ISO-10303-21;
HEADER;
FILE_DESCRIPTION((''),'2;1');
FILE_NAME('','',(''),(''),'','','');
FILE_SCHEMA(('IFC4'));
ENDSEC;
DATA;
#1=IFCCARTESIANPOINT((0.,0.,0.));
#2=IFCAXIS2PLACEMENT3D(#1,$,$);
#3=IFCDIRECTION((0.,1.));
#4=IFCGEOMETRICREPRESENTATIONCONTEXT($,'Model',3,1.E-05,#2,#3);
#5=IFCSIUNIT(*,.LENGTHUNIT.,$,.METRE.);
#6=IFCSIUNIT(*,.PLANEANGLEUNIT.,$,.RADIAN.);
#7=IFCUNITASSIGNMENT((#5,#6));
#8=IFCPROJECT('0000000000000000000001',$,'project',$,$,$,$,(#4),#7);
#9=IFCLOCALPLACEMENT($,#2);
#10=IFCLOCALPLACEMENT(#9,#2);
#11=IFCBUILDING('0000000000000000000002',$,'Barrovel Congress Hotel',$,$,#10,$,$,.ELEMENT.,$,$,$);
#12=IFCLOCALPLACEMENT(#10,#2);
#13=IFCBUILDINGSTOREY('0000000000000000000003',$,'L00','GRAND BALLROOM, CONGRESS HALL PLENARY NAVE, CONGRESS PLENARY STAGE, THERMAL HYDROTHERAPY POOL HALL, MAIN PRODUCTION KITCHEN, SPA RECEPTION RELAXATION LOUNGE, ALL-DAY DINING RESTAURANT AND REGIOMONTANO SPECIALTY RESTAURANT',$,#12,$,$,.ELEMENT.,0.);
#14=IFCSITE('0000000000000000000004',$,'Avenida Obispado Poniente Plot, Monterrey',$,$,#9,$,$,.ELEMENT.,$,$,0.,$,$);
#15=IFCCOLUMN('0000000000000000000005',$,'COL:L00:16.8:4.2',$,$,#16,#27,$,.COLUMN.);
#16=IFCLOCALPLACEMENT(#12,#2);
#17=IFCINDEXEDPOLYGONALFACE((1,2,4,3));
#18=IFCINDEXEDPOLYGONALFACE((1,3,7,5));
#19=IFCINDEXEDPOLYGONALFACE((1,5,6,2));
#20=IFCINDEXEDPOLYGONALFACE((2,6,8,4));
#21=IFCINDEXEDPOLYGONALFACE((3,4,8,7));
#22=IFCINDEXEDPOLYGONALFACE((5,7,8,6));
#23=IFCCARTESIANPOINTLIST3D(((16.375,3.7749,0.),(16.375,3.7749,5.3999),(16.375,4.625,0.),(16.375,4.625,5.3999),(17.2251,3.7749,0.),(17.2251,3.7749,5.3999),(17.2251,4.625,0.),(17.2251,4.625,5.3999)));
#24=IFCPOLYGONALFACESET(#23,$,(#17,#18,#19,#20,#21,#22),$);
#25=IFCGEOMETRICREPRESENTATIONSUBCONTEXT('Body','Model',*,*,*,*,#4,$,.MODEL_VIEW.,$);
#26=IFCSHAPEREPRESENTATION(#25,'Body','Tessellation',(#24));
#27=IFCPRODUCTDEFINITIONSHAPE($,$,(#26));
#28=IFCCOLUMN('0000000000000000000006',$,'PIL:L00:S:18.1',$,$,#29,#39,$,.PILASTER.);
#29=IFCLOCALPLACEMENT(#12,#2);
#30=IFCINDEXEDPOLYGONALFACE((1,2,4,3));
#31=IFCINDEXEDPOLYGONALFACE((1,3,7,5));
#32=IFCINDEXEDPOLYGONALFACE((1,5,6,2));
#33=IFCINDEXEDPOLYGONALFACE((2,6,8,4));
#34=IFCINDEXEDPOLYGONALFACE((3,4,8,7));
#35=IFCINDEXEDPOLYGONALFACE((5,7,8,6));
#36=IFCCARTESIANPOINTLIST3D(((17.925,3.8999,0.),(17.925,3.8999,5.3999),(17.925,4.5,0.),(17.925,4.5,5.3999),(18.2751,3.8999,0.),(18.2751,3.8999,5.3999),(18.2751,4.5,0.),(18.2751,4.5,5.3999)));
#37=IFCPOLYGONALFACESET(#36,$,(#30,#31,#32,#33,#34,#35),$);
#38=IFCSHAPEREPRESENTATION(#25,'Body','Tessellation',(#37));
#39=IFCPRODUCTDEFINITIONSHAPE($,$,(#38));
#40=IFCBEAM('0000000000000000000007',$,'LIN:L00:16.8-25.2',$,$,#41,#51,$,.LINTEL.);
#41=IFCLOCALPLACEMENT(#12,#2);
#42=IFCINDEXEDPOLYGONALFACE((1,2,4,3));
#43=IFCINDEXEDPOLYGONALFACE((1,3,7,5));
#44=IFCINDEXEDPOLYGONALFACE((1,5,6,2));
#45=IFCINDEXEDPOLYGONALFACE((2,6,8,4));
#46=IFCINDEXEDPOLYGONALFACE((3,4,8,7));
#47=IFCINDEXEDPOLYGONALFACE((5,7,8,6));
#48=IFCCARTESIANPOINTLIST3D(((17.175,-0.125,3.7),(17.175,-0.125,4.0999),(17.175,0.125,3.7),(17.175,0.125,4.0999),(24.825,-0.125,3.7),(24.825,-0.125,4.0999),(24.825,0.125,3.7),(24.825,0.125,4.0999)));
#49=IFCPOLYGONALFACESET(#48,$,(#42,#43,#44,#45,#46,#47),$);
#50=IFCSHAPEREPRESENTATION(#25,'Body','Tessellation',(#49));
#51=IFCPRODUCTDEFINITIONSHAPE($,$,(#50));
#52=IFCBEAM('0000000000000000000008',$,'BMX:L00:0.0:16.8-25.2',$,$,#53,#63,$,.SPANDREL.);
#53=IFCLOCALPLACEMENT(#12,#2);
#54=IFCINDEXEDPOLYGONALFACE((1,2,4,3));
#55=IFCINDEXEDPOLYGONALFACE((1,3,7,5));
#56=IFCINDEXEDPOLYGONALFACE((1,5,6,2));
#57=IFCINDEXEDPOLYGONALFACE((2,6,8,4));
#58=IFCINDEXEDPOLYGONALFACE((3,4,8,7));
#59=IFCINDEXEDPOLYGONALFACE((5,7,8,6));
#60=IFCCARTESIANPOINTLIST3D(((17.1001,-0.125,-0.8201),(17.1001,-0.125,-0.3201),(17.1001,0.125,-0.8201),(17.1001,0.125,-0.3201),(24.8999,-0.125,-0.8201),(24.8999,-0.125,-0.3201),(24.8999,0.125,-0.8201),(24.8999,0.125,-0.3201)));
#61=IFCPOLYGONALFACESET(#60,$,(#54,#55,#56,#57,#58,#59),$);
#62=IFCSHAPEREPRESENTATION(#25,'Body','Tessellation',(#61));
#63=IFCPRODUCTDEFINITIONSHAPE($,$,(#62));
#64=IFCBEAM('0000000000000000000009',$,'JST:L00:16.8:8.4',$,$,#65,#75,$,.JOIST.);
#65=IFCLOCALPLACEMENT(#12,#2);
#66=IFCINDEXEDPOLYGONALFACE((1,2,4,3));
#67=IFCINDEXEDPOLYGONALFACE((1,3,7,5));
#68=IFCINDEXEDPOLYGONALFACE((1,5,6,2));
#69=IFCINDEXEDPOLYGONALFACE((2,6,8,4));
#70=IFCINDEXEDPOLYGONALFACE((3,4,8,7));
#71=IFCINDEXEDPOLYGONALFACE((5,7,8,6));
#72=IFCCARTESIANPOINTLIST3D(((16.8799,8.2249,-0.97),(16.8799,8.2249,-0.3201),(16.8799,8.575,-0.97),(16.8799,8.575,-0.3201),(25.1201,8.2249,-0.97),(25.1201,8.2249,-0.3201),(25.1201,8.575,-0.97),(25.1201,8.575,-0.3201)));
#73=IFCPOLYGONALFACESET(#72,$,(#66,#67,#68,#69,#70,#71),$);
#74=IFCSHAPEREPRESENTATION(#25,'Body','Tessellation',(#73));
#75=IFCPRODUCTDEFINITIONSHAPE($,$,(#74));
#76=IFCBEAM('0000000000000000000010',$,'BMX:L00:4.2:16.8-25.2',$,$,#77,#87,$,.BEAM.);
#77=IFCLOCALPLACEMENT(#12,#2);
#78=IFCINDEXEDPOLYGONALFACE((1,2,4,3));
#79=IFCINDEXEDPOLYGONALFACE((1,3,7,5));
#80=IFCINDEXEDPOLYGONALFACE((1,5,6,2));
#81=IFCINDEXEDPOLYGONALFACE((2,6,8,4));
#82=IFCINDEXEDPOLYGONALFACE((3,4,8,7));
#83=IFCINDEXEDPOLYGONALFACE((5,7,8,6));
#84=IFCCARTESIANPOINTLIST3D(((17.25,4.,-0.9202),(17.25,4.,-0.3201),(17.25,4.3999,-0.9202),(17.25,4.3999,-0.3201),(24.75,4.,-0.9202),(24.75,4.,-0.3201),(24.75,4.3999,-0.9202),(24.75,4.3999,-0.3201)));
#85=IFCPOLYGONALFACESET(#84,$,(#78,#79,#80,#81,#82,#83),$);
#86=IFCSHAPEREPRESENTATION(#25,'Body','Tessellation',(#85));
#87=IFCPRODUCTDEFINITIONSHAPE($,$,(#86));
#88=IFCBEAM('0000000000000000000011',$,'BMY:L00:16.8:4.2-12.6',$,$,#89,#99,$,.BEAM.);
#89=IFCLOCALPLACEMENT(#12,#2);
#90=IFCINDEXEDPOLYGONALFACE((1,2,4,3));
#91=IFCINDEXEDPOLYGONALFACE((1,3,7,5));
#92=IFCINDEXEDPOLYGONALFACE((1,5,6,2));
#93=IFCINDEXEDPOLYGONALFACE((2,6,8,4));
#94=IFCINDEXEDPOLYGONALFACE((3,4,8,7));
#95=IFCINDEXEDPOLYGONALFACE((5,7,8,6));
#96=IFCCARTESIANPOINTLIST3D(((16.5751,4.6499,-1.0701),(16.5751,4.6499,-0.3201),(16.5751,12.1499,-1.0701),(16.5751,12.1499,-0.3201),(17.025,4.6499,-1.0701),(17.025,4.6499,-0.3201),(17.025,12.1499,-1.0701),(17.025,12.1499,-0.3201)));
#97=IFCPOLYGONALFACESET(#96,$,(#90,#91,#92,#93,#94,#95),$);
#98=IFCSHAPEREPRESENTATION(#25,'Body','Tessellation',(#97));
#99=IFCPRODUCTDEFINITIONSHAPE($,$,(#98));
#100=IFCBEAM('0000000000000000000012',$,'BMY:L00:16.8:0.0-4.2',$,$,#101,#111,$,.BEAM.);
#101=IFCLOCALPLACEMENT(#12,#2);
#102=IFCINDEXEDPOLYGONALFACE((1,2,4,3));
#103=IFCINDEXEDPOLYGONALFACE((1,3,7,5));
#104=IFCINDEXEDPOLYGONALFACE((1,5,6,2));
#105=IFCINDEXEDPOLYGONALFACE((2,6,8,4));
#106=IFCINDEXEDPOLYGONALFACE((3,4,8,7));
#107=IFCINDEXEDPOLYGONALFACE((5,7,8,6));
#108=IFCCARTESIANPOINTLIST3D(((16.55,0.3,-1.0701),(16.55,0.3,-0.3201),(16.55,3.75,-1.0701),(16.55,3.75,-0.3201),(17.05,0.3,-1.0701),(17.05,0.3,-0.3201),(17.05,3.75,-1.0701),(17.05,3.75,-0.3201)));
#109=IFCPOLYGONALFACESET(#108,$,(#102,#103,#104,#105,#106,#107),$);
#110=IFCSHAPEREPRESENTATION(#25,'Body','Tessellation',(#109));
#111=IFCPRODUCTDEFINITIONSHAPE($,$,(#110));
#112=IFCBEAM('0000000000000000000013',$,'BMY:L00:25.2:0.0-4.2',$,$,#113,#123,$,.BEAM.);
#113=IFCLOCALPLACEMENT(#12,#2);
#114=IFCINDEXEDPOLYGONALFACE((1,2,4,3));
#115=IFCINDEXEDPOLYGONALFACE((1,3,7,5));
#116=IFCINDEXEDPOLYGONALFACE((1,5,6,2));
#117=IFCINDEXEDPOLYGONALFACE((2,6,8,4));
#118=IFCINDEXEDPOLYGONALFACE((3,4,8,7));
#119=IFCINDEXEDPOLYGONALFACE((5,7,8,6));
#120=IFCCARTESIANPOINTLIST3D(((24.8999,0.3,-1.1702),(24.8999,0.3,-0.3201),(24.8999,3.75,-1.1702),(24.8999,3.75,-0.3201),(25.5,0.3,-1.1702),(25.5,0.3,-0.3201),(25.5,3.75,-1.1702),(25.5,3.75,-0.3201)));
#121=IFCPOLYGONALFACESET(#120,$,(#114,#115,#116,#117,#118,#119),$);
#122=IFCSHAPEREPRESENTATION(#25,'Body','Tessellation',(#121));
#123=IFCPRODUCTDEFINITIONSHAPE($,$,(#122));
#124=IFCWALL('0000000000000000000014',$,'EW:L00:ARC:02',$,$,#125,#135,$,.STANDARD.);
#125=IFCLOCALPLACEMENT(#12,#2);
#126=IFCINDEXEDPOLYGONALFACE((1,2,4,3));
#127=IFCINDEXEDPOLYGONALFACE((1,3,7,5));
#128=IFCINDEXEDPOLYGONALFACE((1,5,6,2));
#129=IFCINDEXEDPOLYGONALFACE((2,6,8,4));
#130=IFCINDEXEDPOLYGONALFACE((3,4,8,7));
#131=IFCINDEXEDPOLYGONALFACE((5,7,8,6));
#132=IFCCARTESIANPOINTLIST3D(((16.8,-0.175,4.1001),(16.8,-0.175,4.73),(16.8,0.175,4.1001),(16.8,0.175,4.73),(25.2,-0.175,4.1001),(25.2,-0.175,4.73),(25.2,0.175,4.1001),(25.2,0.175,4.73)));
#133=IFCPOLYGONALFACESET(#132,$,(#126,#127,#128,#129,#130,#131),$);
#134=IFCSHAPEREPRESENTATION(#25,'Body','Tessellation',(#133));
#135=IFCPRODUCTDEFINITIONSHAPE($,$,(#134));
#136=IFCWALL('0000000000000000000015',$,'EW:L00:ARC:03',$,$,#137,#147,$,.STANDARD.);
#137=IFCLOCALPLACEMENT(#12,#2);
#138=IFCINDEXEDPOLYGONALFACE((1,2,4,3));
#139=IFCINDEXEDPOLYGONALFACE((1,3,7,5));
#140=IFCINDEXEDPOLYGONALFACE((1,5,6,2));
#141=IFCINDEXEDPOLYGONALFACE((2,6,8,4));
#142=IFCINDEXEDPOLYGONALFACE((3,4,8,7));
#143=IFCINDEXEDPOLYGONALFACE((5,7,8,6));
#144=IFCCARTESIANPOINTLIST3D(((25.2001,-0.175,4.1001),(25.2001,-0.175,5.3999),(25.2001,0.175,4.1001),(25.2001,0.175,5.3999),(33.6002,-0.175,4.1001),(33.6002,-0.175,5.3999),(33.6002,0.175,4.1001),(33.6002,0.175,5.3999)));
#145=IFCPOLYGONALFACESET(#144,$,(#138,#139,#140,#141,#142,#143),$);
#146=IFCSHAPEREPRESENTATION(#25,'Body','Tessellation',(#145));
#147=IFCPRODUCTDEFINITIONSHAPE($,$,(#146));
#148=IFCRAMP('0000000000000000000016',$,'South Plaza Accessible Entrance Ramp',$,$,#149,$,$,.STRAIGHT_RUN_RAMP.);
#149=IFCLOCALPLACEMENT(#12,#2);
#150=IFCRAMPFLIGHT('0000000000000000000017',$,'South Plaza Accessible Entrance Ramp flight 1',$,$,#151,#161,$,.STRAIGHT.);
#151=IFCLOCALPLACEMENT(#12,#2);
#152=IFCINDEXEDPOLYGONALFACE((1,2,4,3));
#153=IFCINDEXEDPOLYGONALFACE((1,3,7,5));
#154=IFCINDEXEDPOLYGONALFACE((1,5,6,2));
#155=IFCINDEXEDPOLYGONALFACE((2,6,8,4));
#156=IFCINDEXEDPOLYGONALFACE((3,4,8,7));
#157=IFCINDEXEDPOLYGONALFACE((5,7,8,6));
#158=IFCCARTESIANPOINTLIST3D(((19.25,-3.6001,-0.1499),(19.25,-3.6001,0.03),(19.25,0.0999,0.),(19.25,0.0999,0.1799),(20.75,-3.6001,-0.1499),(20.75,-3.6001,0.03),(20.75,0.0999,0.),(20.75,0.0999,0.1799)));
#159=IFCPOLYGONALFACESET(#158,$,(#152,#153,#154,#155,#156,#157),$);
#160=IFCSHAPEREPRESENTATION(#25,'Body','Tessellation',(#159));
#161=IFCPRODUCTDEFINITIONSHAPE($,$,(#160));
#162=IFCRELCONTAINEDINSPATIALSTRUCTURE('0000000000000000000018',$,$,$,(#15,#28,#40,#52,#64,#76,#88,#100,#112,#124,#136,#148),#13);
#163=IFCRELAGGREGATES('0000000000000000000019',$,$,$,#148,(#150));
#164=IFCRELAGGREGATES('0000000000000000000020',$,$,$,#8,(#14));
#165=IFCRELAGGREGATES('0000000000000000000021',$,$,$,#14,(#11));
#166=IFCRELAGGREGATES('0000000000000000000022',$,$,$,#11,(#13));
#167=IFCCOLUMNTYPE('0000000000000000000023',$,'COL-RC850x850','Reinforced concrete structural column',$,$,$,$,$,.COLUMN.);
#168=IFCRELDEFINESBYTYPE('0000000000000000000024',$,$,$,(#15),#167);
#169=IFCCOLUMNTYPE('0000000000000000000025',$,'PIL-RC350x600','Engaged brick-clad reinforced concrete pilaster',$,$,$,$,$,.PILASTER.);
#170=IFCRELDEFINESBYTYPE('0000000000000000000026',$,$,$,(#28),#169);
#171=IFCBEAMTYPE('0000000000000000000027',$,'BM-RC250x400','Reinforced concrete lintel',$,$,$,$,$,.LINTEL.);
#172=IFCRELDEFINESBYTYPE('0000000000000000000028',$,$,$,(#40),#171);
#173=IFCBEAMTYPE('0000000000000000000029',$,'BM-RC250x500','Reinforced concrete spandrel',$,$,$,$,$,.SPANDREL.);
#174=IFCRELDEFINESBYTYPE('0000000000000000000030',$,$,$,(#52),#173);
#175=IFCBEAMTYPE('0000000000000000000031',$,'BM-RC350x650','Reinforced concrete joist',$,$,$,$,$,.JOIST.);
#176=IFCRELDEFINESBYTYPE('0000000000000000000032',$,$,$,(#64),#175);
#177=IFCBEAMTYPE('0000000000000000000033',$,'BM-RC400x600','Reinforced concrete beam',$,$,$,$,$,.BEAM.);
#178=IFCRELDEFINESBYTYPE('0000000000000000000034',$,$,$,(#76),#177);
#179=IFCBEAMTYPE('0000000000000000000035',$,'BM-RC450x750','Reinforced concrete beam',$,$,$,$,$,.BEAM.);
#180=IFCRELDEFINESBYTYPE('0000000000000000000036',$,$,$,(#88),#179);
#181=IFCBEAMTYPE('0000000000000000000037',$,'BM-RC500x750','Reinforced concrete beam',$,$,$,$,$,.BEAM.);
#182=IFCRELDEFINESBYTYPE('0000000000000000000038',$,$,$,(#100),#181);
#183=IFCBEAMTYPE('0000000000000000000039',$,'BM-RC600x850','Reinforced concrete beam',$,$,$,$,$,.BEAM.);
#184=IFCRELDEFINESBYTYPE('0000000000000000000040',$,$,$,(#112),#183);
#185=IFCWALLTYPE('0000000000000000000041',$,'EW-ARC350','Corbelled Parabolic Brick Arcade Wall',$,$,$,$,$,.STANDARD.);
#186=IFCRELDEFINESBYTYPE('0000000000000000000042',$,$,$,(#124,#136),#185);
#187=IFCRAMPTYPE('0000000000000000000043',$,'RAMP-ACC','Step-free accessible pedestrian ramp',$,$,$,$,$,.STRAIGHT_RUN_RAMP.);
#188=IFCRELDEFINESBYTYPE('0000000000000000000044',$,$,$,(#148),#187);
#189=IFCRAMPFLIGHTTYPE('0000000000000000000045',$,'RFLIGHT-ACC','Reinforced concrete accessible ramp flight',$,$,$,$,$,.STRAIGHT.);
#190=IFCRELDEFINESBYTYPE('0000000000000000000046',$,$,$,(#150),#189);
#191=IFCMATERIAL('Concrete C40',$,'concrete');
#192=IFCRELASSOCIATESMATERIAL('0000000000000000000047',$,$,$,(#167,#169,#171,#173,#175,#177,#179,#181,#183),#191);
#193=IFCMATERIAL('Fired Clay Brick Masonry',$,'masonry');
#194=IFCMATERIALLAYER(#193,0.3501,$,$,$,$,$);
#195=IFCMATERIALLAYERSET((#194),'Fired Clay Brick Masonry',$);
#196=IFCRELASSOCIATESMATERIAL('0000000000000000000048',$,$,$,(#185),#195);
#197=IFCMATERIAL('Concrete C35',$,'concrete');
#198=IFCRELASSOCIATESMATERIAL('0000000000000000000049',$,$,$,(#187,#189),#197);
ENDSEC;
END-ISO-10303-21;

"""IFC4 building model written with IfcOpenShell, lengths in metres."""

from ifc_helpers import new_model, si_unit, direction, frame, frame_2d, origin, origin_2d, place, context, subcontext, project, spatial, polyline, rectangle, outline, extrude, material, layer, layer_set, material_profile, profile_set, type_object, element, aggregate, save


model = new_model("IFC4")

# Units and contexts
model_context = context("Model", 3, precision=1e-05, world=origin(), true_north=direction((0.0, 1.0)))
body_context = subcontext(model_context, "Body", "Model", "MODEL_VIEW")
ifc_project = project(units=[si_unit("LENGTHUNIT", "METRE"), si_unit("PLANEANGLEUNIT", "RADIAN")], contexts=[model_context])

# Site, building, storey
site_placement = place(None, origin())
site = spatial("IfcSite", under=ifc_project, at=site_placement, Name="Avenida Obispado Poniente Plot, Monterrey", CompositionType="ELEMENT", RefElevation=0.0)
building_placement = place(site_placement, origin())
building = spatial("IfcBuilding", under=site, at=building_placement, Name="Barrovel Congress Hotel", CompositionType="ELEMENT")
storey_placement = place(building_placement, origin())
storey = spatial("IfcBuildingStorey", under=building, at=storey_placement, Name="L00", Description="GRAND BALLROOM, CONGRESS HALL PLENARY NAVE, CONGRESS PLENARY STAGE, THERMAL HYDROTHERAPY POOL HALL, MAIN PRODUCTION KITCHEN, SPA RECEPTION RELAXATION LOUNGE, ALL-DAY DINING RESTAURANT AND REGIOMONTANO SPECIALTY RESTAURANT", CompositionType="ELEMENT", Elevation=0.0)

# Shared definitions
ifc_material_1 = material(Name="Concrete C40", Category="concrete")

# Shared definitions
ifc_material_2 = material(Name="Concrete C35", Category="concrete")

# Columns
ifc_material_profile_1 = material_profile(ifc_material_1, rectangle(XDim=0.8501, YDim=0.8501, at=origin_2d()), Name="RC850x850")
ifc_profile_set_1 = profile_set([ifc_material_profile_1], Name="Concrete C40")
column_type_1 = type_object("IfcColumnType", Name="COL-RC850x850", Description="Reinforced concrete structural column", PredefinedType="COLUMN", material=ifc_profile_set_1)
column_1_placement = place(storey_placement, frame((16.8, 4.2, 0.0), z_axis=(0.0, 0.0, 1.0), x_axis=(1.0, 0.0, 0.0)))
element("IfcColumn", 1, at=column_1_placement, inside=storey, type_object=column_type_1, Name="COL:L00:16.8:4.2", PredefinedType="COLUMN", context=body_context, shape_type="SweptSolid", body=[
    extrude(rectangle(XDim=0.8501, YDim=0.8501, at=origin_2d()), origin(), (0.0, 0.0, 1.0), 5.3999),
])
ifc_material_profile_2 = material_profile(ifc_material_1, rectangle(XDim=0.3501, YDim=0.6001, at=origin_2d()), Name="RC350x600")
ifc_profile_set_2 = profile_set([ifc_material_profile_2], Name="Concrete C40")
column_type_2 = type_object("IfcColumnType", Name="PIL-RC350x600", Description="Engaged brick-clad reinforced concrete pilaster", PredefinedType="PILASTER", material=ifc_profile_set_2)
column_2_placement = place(storey_placement, frame((18.1001, 4.2, 0.0), z_axis=(0.0, 0.0, 1.0), x_axis=(1.0, 0.0, 0.0)))
element("IfcColumn", 2, at=column_2_placement, inside=storey, type_object=column_type_2, Name="PIL:L00:S:18.1", PredefinedType="PILASTER", context=body_context, shape_type="SweptSolid", body=[
    extrude(rectangle(XDim=0.3501, YDim=0.6001, at=origin_2d()), origin(), (0.0, 0.0, 1.0), 5.3999),
])

# Beams
ifc_material_profile_3 = material_profile(ifc_material_1, rectangle(XDim=0.25, YDim=0.3999, at=origin_2d()), Name="RC250x400")
ifc_profile_set_3 = profile_set([ifc_material_profile_3], Name="Concrete C40")
beam_type_1 = type_object("IfcBeamType", Name="BM-RC250x400", Description="Reinforced concrete lintel", PredefinedType="LINTEL", material=ifc_profile_set_3)
beam_1_placement = place(storey_placement, frame((17.175, 0.0, 3.8999), z_axis=(1.0, 0.0, 0.0), x_axis=(0.0, 1.0, 0.0)))
element("IfcBeam", 3, at=beam_1_placement, inside=storey, type_object=beam_type_1, Name="LIN:L00:16.8-25.2", PredefinedType="LINTEL", context=body_context, shape_type="SweptSolid", body=[
    extrude(rectangle(XDim=0.25, YDim=0.3999, at=origin_2d()), origin(), (0.0, 0.0, 1.0), 7.6499),
])
ifc_material_profile_4 = material_profile(ifc_material_1, rectangle(XDim=0.25, YDim=0.5, at=origin_2d()), Name="RC250x500")
ifc_profile_set_4 = profile_set([ifc_material_profile_4], Name="Concrete C40")
beam_type_2 = type_object("IfcBeamType", Name="BM-RC250x500", Description="Reinforced concrete spandrel", PredefinedType="SPANDREL", material=ifc_profile_set_4)
beam_2_placement = place(storey_placement, frame((17.1001, 0.0, -0.5701), z_axis=(1.0, 0.0, 0.0), x_axis=(0.0, 1.0, 0.0)))
element("IfcBeam", 4, at=beam_2_placement, inside=storey, type_object=beam_type_2, Name="BMX:L00:0.0:16.8-25.2", PredefinedType="SPANDREL", context=body_context, shape_type="SweptSolid", body=[
    extrude(rectangle(XDim=0.25, YDim=0.5, at=origin_2d()), origin(), (0.0, 0.0, 1.0), 7.7998),
])
ifc_material_profile_5 = material_profile(ifc_material_1, rectangle(XDim=0.3501, YDim=0.6499, at=origin_2d()), Name="RC350x650")
ifc_profile_set_5 = profile_set([ifc_material_profile_5], Name="Concrete C40")
beam_type_3 = type_object("IfcBeamType", Name="BM-RC350x650", Description="Reinforced concrete joist", PredefinedType="JOIST", material=ifc_profile_set_5)
beam_3_placement = place(storey_placement, frame((16.8799, 8.3999, -0.645), z_axis=(1.0, 0.0, 0.0), x_axis=(0.0, 1.0, 0.0)))
element("IfcBeam", 5, at=beam_3_placement, inside=storey, type_object=beam_type_3, Name="JST:L00:16.8:8.4", PredefinedType="JOIST", context=body_context, shape_type="SweptSolid", body=[
    extrude(rectangle(XDim=0.3501, YDim=0.6499, at=origin_2d()), origin(), (0.0, 0.0, 1.0), 8.2402),
])
ifc_material_profile_6 = material_profile(ifc_material_1, rectangle(XDim=0.3999, YDim=0.6001, at=origin_2d()), Name="RC400x600")
ifc_profile_set_6 = profile_set([ifc_material_profile_6], Name="Concrete C40")
beam_type_4 = type_object("IfcBeamType", Name="BM-RC400x600", Description="Reinforced concrete beam", PredefinedType="BEAM", material=ifc_profile_set_6)
beam_4_placement = place(storey_placement, frame((17.25, 4.2, -0.6201), z_axis=(1.0, 0.0, 0.0), x_axis=(0.0, 1.0, 0.0)))
element("IfcBeam", 6, at=beam_4_placement, inside=storey, type_object=beam_type_4, Name="BMX:L00:4.2:16.8-25.2", PredefinedType="BEAM", context=body_context, shape_type="SweptSolid", body=[
    extrude(rectangle(XDim=0.3999, YDim=0.6001, at=origin_2d()), origin(), (0.0, 0.0, 1.0), 7.5),
])
ifc_material_profile_7 = material_profile(ifc_material_1, rectangle(XDim=0.45, YDim=0.75, at=origin_2d()), Name="RC450x750")
ifc_profile_set_7 = profile_set([ifc_material_profile_7], Name="Concrete C40")
beam_type_5 = type_object("IfcBeamType", Name="BM-RC450x750", Description="Reinforced concrete beam", PredefinedType="BEAM", material=ifc_profile_set_7)
beam_5_placement = place(storey_placement, frame((16.8, 4.6499, -0.6951), z_axis=(0.0, 1.0, 0.0), x_axis=(-1.0, 0.0, 0.0)))
element("IfcBeam", 7, at=beam_5_placement, inside=storey, type_object=beam_type_5, Name="BMY:L00:16.8:4.2-12.6", PredefinedType="BEAM", context=body_context, shape_type="SweptSolid", body=[
    extrude(rectangle(XDim=0.45, YDim=0.75, at=origin_2d()), origin(), (0.0, 0.0, 1.0), 7.5),
])
ifc_material_profile_8 = material_profile(ifc_material_1, rectangle(XDim=0.5, YDim=0.75, at=origin_2d()), Name="RC500x750")
ifc_profile_set_8 = profile_set([ifc_material_profile_8], Name="Concrete C40")
beam_type_6 = type_object("IfcBeamType", Name="BM-RC500x750", Description="Reinforced concrete beam", PredefinedType="BEAM", material=ifc_profile_set_8)
beam_6_placement = place(storey_placement, frame((16.8, 0.3, -0.6951), z_axis=(0.0, 1.0, 0.0), x_axis=(-1.0, 0.0, 0.0)))
element("IfcBeam", 8, at=beam_6_placement, inside=storey, type_object=beam_type_6, Name="BMY:L00:16.8:0.0-4.2", PredefinedType="BEAM", context=body_context, shape_type="SweptSolid", body=[
    extrude(rectangle(XDim=0.5, YDim=0.75, at=origin_2d()), origin(), (0.0, 0.0, 1.0), 3.45),
])
ifc_material_profile_9 = material_profile(ifc_material_1, rectangle(XDim=0.6001, YDim=0.8501, at=origin_2d()), Name="RC600x850")
ifc_profile_set_9 = profile_set([ifc_material_profile_9], Name="Concrete C40")
beam_type_7 = type_object("IfcBeamType", Name="BM-RC600x850", Description="Reinforced concrete beam", PredefinedType="BEAM", material=ifc_profile_set_9)
beam_7_placement = place(storey_placement, frame((25.2, 0.3, -0.7451), z_axis=(0.0, 1.0, 0.0), x_axis=(-1.0, 0.0, 0.0)))
element("IfcBeam", 9, at=beam_7_placement, inside=storey, type_object=beam_type_7, Name="BMY:L00:25.2:0.0-4.2", PredefinedType="BEAM", context=body_context, shape_type="SweptSolid", body=[
    extrude(rectangle(XDim=0.6001, YDim=0.8501, at=origin_2d()), origin(), (0.0, 0.0, 1.0), 3.45),
])

# Walls
ifc_material_3 = material(Name="Fired Clay Brick Masonry", Category="masonry")
ifc_layer_1 = layer(ifc_material_3, 0.3501)
ifc_layer_set_1 = layer_set([ifc_layer_1], Name="Fired Clay Brick Masonry")
wall_type_1 = type_object("IfcWallType", Name="EW-ARC350", Description="Corbelled Parabolic Brick Arcade Wall", PredefinedType="STANDARD", material=ifc_layer_set_1)
wall_1_placement = place(storey_placement, frame((16.8, 0.0, 4.1001), z_axis=(0.0, 0.0, 1.0), x_axis=(1.0, 0.0, 0.0)))
element("IfcWall", 10, at=wall_1_placement, inside=storey, type_object=wall_type_1, Name="EW:L00:ARC:02", PredefinedType="STANDARD", context=body_context, shape_type="SweptSolid", body=[
    extrude(rectangle(XDim=8.3999, YDim=0.3501, at=frame_2d((4.2, 0.0))), origin(), (0.0, 0.0, 1.0), 0.6299),
])
wall_2_placement = place(storey_placement, frame((25.2, 0.0, 4.1001), z_axis=(0.0, 0.0, 1.0), x_axis=(1.0, 0.0, 0.0)))
element("IfcWall", 11, at=wall_2_placement, inside=storey, type_object=wall_type_1, Name="EW:L00:ARC:03", PredefinedType="STANDARD", context=body_context, shape_type="SweptSolid", body=[
    extrude(rectangle(XDim=8.4001, YDim=0.3501, at=frame_2d((4.2002, 0.0))), origin(), (0.0, 0.0, 1.0), 1.2998),
])

# Ramp, ramp flight
ramp_type = type_object("IfcRampType", Name="RAMP-ACC", Description="Step-free accessible pedestrian ramp", PredefinedType="STRAIGHT_RUN_RAMP", material=ifc_material_2)
ramp_placement = place(storey_placement, origin())
ramp = element("IfcRamp", 12, at=ramp_placement, inside=storey, type_object=ramp_type, Name="South Plaza Accessible Entrance Ramp", PredefinedType="STRAIGHT_RUN_RAMP")
ramp_flight_type = type_object("IfcRampFlightType", Name="RFLIGHT-ACC", Description="Reinforced concrete accessible ramp flight", PredefinedType="STRAIGHT", material=ifc_material_2)
ramp_flight_placement = place(storey_placement, frame((20.0, -3.6001, -0.1499), z_axis=(0.0, 0.0, 1.0), x_axis=(0.0, 1.0, 0.0)))
ramp_flight = element("IfcRampFlight", 13, at=ramp_flight_placement, type_object=ramp_flight_type, Name="South Plaza Accessible Entrance Ramp flight 1", PredefinedType="STRAIGHT", context=body_context, shape_type="SweptSolid", body=[
    extrude(outline(polyline([(0.0, 0.0), (0.0, 0.1799), (3.7, 0.3298), (3.7, 0.1499), (0.0, 0.0)])), frame((0.0, 0.75, 0.0), z_axis=(0.0, -1.0, 0.0), x_axis=(1.0, 0.0, 0.0)), (0.0, 0.0, 1.0), 1.5),
])
aggregate(ramp, [ramp_flight])

save(model, "model.ifc")
